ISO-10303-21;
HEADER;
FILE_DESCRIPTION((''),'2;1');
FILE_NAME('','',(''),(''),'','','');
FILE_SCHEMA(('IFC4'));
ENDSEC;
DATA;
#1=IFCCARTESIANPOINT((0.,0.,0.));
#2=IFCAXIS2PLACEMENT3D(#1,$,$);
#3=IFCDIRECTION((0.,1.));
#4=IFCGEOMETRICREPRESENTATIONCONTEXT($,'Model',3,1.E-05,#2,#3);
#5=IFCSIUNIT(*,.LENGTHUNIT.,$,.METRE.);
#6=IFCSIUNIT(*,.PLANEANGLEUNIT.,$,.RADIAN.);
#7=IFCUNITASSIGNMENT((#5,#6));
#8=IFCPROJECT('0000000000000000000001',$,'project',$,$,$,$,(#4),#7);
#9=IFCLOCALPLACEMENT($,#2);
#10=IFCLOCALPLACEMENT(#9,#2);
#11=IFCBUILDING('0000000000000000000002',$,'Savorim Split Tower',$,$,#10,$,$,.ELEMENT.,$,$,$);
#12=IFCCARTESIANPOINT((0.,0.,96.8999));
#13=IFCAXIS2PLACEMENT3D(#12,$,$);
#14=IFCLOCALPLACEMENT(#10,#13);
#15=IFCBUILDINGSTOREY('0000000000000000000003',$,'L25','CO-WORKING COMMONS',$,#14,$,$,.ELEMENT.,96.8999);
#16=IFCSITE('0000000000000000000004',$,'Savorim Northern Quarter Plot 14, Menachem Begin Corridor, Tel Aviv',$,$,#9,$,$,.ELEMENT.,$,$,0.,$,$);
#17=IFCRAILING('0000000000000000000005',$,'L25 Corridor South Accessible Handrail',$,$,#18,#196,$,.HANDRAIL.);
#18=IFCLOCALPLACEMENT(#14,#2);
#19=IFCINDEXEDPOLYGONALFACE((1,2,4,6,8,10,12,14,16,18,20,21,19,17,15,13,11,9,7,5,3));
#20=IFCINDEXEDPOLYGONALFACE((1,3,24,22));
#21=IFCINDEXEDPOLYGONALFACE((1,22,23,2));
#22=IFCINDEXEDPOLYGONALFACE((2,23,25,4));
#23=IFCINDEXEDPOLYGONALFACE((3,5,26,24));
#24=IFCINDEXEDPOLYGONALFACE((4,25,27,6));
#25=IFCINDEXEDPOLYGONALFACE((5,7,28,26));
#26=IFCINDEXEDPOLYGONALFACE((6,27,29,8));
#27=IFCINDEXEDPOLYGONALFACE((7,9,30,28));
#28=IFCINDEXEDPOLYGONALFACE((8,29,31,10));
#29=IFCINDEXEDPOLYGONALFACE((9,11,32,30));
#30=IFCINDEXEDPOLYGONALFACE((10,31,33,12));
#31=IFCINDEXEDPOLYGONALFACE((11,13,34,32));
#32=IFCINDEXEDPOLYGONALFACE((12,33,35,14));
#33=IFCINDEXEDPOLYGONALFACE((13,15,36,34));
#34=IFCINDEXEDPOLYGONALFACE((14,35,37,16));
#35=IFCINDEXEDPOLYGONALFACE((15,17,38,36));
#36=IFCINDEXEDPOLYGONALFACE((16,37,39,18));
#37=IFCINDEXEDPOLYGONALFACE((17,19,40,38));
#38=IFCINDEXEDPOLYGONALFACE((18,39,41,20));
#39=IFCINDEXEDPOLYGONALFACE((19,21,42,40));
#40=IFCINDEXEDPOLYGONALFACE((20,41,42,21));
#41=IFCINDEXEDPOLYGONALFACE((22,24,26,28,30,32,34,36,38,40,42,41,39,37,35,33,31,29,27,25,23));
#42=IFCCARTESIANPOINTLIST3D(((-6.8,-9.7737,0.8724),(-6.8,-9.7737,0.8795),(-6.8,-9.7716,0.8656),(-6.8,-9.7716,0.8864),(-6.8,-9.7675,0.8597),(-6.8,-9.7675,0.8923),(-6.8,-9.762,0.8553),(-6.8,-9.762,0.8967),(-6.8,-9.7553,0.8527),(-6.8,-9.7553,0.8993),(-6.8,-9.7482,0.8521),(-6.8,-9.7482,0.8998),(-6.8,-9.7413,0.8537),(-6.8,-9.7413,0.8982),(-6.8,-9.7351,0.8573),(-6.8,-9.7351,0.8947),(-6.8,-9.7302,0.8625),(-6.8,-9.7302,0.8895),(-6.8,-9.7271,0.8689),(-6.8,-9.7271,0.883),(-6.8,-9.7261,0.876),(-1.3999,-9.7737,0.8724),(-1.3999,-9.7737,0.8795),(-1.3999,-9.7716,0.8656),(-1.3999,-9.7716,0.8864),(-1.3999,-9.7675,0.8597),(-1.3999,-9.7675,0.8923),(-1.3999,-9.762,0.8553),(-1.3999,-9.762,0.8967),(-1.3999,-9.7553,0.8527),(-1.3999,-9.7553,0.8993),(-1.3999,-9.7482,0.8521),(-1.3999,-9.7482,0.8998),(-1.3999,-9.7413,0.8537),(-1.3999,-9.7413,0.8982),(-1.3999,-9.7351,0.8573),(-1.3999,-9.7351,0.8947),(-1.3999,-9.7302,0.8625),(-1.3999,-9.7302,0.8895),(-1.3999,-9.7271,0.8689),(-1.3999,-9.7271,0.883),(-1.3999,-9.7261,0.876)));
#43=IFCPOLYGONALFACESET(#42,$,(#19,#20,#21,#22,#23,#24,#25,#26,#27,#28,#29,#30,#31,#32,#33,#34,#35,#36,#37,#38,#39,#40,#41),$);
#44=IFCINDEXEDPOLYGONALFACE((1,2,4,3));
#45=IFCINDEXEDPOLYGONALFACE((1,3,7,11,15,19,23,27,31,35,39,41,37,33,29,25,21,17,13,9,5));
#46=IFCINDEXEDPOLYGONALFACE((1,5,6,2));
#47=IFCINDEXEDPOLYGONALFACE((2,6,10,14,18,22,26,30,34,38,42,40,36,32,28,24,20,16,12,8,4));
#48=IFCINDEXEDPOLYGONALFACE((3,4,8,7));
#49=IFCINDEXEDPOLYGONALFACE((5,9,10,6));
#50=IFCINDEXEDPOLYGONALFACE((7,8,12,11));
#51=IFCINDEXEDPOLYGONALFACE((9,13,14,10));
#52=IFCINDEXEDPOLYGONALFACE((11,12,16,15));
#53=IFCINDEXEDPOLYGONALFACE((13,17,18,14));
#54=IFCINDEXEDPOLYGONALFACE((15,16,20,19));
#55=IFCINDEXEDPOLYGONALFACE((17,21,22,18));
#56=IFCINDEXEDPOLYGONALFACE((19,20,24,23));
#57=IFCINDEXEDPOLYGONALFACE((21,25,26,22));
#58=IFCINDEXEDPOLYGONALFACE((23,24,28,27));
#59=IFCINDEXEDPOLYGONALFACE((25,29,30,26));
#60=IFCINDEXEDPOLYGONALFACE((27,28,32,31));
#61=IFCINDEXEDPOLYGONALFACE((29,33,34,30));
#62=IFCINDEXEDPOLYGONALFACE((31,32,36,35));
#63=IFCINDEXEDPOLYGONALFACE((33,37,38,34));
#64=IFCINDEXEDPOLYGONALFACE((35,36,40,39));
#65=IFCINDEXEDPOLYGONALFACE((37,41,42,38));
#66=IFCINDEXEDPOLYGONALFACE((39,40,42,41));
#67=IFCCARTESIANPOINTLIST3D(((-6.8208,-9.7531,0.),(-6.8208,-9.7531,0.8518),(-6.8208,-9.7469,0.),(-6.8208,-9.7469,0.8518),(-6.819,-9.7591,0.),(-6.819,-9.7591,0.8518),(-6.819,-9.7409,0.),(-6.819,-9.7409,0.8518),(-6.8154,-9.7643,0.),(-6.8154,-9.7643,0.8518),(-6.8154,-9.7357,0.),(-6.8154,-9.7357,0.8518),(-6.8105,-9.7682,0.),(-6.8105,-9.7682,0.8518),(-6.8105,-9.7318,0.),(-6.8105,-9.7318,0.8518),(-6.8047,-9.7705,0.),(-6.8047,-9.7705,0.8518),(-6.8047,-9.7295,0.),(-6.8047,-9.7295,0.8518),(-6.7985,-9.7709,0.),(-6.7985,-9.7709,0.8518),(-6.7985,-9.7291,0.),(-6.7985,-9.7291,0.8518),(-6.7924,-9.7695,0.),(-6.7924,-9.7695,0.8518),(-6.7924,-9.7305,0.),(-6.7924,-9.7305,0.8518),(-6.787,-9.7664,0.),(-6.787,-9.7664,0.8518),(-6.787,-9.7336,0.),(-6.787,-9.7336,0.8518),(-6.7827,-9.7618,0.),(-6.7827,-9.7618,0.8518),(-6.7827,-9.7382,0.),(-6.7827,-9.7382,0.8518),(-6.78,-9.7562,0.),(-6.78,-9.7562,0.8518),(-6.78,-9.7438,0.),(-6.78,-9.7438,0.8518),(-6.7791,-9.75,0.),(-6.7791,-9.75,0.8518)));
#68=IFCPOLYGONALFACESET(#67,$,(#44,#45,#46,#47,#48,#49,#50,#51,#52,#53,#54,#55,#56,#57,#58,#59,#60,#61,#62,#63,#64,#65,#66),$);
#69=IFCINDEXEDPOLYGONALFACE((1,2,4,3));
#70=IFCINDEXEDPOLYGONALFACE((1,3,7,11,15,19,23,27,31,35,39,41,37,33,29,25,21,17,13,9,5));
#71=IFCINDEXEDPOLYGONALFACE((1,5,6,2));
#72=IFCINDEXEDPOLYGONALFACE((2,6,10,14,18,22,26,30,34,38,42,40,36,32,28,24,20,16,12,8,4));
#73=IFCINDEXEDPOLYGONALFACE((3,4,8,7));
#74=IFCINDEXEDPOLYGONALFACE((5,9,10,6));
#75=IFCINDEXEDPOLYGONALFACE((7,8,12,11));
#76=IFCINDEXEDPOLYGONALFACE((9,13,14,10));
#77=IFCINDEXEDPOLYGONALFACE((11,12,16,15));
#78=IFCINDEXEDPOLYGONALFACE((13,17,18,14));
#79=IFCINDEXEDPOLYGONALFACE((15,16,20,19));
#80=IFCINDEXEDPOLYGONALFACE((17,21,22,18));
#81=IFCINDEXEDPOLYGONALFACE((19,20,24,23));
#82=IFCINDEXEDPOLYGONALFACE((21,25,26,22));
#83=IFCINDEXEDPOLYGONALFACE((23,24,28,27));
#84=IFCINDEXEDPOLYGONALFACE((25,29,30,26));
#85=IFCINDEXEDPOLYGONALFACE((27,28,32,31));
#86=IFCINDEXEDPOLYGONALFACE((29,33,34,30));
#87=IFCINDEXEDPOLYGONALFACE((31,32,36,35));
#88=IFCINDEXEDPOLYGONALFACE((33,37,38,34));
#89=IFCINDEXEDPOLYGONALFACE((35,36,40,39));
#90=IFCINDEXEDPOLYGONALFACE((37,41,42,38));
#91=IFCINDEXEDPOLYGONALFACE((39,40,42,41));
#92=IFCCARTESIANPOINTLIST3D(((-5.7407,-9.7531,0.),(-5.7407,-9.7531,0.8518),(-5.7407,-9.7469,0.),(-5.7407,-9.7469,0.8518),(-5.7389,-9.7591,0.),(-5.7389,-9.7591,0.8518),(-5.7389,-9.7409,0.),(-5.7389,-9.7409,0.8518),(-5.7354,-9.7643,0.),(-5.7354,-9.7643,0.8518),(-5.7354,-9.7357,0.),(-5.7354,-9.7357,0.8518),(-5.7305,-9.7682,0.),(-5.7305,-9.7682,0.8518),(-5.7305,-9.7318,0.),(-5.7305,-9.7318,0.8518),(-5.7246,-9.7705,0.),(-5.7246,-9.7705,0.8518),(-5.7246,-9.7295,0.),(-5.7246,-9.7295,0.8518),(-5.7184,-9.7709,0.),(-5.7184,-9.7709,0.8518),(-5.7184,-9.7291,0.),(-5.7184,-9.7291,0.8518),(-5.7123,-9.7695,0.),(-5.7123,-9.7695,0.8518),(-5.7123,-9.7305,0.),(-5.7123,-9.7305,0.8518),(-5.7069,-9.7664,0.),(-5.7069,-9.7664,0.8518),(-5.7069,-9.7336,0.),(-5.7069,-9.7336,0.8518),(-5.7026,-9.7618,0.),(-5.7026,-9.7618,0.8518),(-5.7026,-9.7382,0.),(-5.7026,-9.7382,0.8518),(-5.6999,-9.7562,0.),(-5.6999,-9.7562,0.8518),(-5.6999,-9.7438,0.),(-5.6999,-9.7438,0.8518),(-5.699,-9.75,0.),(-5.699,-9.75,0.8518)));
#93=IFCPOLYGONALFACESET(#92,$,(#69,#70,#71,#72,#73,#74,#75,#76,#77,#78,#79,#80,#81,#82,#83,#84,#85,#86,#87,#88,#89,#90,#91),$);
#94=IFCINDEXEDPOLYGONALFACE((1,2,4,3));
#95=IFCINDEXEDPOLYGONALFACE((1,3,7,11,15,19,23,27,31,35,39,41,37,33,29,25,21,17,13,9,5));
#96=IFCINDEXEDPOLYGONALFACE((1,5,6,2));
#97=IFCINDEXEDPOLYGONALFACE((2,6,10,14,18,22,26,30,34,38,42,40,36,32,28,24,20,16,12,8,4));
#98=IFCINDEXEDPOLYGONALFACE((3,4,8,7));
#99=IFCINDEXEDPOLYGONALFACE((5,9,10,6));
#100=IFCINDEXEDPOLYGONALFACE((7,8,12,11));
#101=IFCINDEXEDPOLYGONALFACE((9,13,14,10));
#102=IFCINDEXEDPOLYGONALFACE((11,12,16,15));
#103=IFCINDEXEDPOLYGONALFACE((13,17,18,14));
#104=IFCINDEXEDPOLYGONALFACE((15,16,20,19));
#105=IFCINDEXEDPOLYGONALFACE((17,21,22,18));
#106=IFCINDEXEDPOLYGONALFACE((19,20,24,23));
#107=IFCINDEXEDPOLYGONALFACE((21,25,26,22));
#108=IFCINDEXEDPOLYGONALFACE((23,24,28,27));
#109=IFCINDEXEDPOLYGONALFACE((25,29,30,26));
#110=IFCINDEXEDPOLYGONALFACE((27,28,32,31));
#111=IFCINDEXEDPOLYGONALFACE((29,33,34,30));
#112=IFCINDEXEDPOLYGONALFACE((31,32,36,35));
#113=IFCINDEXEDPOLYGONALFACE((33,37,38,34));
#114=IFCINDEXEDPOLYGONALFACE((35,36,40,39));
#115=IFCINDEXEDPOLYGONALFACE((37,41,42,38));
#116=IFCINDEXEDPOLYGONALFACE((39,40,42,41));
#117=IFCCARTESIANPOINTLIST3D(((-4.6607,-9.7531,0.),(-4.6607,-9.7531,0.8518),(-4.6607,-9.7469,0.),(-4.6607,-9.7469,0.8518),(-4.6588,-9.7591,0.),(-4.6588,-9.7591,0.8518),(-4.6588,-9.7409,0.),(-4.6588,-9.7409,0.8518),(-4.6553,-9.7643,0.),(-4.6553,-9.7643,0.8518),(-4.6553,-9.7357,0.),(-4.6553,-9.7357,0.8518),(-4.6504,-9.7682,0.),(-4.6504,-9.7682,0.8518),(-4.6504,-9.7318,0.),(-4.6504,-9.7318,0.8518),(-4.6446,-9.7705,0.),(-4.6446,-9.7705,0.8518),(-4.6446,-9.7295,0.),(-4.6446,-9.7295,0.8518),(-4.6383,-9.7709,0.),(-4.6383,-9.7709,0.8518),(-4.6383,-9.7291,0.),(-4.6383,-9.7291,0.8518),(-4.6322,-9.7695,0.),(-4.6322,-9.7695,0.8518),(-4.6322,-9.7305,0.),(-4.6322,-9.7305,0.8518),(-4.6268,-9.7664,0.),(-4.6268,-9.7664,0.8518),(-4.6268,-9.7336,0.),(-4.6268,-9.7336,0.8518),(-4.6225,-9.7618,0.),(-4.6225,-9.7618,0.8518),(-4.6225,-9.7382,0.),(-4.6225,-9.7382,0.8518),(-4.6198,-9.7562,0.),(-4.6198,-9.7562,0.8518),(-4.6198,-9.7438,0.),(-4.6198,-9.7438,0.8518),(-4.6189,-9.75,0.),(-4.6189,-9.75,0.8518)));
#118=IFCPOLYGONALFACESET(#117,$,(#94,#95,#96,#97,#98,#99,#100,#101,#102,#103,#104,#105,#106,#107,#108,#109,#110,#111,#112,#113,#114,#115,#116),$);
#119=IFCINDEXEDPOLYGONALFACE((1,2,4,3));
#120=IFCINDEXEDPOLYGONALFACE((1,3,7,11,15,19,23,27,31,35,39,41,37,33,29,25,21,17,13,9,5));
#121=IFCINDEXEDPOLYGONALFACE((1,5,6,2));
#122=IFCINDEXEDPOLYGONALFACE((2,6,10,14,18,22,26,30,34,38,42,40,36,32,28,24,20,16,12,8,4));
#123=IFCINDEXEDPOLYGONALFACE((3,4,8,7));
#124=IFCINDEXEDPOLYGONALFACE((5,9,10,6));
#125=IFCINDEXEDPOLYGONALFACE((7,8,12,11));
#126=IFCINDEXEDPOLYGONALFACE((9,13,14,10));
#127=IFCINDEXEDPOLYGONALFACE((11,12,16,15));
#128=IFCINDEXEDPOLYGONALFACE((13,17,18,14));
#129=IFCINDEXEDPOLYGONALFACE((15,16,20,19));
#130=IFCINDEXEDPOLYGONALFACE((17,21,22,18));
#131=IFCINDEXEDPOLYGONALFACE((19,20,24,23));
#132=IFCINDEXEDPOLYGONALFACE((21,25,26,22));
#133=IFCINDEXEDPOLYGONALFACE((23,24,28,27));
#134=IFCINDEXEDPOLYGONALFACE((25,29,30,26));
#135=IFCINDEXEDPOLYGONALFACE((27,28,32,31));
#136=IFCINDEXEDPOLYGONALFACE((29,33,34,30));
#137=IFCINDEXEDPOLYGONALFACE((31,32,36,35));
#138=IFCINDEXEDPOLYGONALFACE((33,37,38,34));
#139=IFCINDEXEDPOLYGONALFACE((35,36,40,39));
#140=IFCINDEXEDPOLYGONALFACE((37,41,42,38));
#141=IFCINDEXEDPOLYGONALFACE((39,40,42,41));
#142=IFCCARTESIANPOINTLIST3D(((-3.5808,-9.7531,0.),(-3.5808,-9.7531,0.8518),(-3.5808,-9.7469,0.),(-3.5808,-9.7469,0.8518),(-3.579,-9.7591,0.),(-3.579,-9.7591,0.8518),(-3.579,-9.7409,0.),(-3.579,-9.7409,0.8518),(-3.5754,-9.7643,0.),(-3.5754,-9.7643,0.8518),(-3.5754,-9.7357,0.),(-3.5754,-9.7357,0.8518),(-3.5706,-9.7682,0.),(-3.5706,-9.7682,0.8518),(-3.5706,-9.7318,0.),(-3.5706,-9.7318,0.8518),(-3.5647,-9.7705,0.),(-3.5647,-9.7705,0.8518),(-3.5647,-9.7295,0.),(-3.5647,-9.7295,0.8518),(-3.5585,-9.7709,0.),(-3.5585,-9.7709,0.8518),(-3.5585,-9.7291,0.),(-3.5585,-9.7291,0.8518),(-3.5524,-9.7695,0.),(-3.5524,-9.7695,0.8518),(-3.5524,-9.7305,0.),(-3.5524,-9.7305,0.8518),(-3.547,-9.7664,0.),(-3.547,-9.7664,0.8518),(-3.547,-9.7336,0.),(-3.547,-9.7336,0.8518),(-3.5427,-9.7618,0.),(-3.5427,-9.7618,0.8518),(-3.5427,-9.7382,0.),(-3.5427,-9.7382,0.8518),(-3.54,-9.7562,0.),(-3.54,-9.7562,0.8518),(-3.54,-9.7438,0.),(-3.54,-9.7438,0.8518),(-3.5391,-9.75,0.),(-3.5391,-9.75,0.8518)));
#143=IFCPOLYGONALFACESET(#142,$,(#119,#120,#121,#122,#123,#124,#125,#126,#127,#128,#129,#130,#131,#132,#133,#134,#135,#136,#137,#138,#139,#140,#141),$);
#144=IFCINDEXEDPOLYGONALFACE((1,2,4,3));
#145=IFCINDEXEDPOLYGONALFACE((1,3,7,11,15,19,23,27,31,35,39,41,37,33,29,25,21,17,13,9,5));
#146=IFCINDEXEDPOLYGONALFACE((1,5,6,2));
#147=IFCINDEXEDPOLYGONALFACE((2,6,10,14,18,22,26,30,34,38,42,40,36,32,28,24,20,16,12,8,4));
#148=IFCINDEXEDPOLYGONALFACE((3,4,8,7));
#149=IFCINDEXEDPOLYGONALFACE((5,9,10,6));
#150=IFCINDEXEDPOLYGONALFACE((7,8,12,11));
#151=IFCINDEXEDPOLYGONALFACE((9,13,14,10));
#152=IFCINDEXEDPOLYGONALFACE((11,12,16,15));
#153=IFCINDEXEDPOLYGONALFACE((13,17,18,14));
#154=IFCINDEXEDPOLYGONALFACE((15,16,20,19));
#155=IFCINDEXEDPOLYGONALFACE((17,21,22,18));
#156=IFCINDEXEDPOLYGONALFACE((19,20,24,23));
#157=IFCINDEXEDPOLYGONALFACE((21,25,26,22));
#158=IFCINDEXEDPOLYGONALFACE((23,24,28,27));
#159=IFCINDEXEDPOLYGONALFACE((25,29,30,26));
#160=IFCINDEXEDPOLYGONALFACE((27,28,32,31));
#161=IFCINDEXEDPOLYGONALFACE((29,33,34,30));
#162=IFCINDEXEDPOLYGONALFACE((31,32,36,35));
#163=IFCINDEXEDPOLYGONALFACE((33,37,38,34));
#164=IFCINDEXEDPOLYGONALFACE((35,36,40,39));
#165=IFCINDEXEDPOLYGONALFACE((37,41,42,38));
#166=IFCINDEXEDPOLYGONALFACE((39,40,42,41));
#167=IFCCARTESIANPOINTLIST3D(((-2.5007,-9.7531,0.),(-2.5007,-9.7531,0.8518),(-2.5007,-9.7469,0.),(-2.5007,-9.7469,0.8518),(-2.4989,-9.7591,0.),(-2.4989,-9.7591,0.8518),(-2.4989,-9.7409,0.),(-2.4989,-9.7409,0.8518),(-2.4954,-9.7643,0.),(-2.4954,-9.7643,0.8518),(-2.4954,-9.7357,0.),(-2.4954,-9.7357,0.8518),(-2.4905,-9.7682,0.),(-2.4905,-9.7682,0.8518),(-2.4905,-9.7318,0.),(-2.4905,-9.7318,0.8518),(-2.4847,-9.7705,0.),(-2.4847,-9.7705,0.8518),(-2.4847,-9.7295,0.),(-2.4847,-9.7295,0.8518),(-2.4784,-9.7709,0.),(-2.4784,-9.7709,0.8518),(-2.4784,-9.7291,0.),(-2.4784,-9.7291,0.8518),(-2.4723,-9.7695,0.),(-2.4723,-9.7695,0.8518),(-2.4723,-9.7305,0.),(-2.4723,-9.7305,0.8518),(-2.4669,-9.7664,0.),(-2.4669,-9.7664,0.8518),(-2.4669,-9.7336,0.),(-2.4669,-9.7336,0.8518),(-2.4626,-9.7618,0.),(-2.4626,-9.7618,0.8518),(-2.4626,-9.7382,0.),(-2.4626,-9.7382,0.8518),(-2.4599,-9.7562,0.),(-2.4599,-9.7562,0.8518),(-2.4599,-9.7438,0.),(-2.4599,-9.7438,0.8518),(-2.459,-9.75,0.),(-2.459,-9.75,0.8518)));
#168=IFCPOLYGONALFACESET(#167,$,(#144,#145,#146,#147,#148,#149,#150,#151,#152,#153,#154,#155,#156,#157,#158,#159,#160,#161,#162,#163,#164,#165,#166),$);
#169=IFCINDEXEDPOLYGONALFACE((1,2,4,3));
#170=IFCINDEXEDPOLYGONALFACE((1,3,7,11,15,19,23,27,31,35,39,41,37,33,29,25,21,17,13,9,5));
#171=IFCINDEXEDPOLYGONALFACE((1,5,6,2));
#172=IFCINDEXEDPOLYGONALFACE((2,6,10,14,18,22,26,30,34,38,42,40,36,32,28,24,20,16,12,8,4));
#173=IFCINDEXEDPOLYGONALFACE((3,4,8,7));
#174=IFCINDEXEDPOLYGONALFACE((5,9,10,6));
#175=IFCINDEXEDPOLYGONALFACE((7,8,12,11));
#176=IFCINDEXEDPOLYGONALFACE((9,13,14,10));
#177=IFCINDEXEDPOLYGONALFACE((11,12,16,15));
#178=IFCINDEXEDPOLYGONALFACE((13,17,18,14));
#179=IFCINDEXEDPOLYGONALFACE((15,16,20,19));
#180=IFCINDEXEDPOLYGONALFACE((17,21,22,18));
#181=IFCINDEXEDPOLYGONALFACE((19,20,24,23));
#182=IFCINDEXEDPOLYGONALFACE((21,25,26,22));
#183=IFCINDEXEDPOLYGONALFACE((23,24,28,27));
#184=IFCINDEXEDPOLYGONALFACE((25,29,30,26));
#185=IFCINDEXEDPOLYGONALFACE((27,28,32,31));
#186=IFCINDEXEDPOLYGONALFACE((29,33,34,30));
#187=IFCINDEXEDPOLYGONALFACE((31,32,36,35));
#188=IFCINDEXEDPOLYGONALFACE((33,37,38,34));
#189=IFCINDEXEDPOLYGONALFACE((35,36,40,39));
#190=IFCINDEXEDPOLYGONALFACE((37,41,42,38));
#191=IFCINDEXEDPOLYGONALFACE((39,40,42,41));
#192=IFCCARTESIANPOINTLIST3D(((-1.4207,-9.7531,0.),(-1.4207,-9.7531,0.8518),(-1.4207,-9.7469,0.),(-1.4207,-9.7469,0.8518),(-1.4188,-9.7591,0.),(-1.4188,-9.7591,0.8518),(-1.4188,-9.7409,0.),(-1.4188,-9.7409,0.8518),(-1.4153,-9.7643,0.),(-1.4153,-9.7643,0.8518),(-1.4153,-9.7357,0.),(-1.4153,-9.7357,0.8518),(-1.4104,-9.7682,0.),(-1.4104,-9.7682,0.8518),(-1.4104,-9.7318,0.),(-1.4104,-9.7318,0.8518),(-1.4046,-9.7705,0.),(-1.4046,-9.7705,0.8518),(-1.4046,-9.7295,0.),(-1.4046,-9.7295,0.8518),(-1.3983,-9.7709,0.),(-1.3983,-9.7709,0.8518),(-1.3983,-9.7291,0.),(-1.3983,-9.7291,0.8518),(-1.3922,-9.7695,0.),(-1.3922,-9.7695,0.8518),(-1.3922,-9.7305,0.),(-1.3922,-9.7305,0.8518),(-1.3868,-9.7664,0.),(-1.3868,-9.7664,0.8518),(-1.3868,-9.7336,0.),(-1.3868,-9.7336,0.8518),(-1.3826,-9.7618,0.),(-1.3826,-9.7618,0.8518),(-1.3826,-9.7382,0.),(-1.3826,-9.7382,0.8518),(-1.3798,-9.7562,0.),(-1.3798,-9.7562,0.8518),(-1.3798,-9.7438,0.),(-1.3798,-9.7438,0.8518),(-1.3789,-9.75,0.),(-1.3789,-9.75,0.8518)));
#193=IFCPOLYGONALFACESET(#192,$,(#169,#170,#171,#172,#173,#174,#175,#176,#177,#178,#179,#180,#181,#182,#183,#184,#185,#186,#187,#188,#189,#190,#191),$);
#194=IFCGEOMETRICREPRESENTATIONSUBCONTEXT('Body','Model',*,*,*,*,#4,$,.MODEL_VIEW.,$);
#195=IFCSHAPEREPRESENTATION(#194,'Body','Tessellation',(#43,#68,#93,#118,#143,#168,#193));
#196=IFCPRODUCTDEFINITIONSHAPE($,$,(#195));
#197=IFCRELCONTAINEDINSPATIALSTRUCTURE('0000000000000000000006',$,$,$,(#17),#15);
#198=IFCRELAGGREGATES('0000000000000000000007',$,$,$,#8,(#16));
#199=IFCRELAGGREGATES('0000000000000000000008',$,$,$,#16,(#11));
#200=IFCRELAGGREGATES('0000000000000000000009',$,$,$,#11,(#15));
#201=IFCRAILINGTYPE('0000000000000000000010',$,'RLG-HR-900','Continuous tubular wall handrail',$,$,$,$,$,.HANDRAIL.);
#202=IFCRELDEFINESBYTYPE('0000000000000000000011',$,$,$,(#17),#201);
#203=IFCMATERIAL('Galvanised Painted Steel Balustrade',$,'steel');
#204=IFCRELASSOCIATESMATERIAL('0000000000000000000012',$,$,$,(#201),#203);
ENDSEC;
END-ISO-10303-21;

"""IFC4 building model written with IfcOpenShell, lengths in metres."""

from ifc_helpers import new_model, si_unit, direction, frame, origin, origin_2d, place, context, subcontext, project, spatial, circle, extrude, material, type_object, element, save


model = new_model("IFC4")

# Units and contexts
model_context = context("Model", 3, precision=1e-05, world=origin(), true_north=direction((0.0, 1.0)))
body_context = subcontext(model_context, "Body", "Model", "MODEL_VIEW")
ifc_project = project(units=[si_unit("LENGTHUNIT", "METRE"), si_unit("PLANEANGLEUNIT", "RADIAN")], contexts=[model_context])

# Site, building, storey
site_placement = place(None, origin())
site = spatial("IfcSite", under=ifc_project, at=site_placement, Name="Savorim Northern Quarter Plot 14, Menachem Begin Corridor, Tel Aviv", CompositionType="ELEMENT", RefElevation=0.0)
building_placement = place(site_placement, origin())
building = spatial("IfcBuilding", under=site, at=building_placement, Name="Savorim Split Tower", CompositionType="ELEMENT")
storey_placement = place(building_placement, frame((0.0, 0.0, 96.8999)))
storey = spatial("IfcBuildingStorey", under=building, at=storey_placement, Name="L25", Description="CO-WORKING COMMONS", CompositionType="ELEMENT", Elevation=96.8999)

# Railing
ifc_material_1 = material(Name="Galvanised Painted Steel Balustrade", Category="steel")
railing_type_1 = type_object("IfcRailingType", Name="RLG-HR-900", Description="Continuous tubular wall handrail", PredefinedType="HANDRAIL", material=ifc_material_1)
railing_1_placement = place(storey_placement, frame((-6.8, -9.75, 0.0)))
element("IfcRailing", 1, at=railing_1_placement, inside=storey, type_object=railing_type_1, Name="L25 Corridor South Accessible Handrail", PredefinedType="HANDRAIL", context=body_context, shape_type="SweptSolid", body=[
    extrude(circle(Radius=0.0239, at=origin_2d()), frame((0.0, 0.0, 0.876), z_axis=(1.0, 0.0, 0.0), x_axis=(0.0, 1.0, 0.0)), (0.0, 0.0, 1.0), 5.4001),
    extrude(circle(Radius=0.021, at=origin_2d()), origin(), (0.0, 0.0, 1.0), 0.8518),
    extrude(circle(Radius=0.021, at=origin_2d()), frame((1.0801, 0.0, 0.0)), (0.0, 0.0, 1.0), 0.8518),
    extrude(circle(Radius=0.021, at=origin_2d()), frame((2.1602, 0.0, 0.0)), (0.0, 0.0, 1.0), 0.8518),
    extrude(circle(Radius=0.021, at=origin_2d()), frame((3.24, 0.0, 0.0)), (0.0, 0.0, 1.0), 0.8518),
    extrude(circle(Radius=0.021, at=origin_2d()), frame((4.3201, 0.0, 0.0)), (0.0, 0.0, 1.0), 0.8518),
    extrude(circle(Radius=0.021, at=origin_2d()), frame((5.4001, 0.0, 0.0)), (0.0, 0.0, 1.0), 0.8518),
])

save(model, "model.ifc")
